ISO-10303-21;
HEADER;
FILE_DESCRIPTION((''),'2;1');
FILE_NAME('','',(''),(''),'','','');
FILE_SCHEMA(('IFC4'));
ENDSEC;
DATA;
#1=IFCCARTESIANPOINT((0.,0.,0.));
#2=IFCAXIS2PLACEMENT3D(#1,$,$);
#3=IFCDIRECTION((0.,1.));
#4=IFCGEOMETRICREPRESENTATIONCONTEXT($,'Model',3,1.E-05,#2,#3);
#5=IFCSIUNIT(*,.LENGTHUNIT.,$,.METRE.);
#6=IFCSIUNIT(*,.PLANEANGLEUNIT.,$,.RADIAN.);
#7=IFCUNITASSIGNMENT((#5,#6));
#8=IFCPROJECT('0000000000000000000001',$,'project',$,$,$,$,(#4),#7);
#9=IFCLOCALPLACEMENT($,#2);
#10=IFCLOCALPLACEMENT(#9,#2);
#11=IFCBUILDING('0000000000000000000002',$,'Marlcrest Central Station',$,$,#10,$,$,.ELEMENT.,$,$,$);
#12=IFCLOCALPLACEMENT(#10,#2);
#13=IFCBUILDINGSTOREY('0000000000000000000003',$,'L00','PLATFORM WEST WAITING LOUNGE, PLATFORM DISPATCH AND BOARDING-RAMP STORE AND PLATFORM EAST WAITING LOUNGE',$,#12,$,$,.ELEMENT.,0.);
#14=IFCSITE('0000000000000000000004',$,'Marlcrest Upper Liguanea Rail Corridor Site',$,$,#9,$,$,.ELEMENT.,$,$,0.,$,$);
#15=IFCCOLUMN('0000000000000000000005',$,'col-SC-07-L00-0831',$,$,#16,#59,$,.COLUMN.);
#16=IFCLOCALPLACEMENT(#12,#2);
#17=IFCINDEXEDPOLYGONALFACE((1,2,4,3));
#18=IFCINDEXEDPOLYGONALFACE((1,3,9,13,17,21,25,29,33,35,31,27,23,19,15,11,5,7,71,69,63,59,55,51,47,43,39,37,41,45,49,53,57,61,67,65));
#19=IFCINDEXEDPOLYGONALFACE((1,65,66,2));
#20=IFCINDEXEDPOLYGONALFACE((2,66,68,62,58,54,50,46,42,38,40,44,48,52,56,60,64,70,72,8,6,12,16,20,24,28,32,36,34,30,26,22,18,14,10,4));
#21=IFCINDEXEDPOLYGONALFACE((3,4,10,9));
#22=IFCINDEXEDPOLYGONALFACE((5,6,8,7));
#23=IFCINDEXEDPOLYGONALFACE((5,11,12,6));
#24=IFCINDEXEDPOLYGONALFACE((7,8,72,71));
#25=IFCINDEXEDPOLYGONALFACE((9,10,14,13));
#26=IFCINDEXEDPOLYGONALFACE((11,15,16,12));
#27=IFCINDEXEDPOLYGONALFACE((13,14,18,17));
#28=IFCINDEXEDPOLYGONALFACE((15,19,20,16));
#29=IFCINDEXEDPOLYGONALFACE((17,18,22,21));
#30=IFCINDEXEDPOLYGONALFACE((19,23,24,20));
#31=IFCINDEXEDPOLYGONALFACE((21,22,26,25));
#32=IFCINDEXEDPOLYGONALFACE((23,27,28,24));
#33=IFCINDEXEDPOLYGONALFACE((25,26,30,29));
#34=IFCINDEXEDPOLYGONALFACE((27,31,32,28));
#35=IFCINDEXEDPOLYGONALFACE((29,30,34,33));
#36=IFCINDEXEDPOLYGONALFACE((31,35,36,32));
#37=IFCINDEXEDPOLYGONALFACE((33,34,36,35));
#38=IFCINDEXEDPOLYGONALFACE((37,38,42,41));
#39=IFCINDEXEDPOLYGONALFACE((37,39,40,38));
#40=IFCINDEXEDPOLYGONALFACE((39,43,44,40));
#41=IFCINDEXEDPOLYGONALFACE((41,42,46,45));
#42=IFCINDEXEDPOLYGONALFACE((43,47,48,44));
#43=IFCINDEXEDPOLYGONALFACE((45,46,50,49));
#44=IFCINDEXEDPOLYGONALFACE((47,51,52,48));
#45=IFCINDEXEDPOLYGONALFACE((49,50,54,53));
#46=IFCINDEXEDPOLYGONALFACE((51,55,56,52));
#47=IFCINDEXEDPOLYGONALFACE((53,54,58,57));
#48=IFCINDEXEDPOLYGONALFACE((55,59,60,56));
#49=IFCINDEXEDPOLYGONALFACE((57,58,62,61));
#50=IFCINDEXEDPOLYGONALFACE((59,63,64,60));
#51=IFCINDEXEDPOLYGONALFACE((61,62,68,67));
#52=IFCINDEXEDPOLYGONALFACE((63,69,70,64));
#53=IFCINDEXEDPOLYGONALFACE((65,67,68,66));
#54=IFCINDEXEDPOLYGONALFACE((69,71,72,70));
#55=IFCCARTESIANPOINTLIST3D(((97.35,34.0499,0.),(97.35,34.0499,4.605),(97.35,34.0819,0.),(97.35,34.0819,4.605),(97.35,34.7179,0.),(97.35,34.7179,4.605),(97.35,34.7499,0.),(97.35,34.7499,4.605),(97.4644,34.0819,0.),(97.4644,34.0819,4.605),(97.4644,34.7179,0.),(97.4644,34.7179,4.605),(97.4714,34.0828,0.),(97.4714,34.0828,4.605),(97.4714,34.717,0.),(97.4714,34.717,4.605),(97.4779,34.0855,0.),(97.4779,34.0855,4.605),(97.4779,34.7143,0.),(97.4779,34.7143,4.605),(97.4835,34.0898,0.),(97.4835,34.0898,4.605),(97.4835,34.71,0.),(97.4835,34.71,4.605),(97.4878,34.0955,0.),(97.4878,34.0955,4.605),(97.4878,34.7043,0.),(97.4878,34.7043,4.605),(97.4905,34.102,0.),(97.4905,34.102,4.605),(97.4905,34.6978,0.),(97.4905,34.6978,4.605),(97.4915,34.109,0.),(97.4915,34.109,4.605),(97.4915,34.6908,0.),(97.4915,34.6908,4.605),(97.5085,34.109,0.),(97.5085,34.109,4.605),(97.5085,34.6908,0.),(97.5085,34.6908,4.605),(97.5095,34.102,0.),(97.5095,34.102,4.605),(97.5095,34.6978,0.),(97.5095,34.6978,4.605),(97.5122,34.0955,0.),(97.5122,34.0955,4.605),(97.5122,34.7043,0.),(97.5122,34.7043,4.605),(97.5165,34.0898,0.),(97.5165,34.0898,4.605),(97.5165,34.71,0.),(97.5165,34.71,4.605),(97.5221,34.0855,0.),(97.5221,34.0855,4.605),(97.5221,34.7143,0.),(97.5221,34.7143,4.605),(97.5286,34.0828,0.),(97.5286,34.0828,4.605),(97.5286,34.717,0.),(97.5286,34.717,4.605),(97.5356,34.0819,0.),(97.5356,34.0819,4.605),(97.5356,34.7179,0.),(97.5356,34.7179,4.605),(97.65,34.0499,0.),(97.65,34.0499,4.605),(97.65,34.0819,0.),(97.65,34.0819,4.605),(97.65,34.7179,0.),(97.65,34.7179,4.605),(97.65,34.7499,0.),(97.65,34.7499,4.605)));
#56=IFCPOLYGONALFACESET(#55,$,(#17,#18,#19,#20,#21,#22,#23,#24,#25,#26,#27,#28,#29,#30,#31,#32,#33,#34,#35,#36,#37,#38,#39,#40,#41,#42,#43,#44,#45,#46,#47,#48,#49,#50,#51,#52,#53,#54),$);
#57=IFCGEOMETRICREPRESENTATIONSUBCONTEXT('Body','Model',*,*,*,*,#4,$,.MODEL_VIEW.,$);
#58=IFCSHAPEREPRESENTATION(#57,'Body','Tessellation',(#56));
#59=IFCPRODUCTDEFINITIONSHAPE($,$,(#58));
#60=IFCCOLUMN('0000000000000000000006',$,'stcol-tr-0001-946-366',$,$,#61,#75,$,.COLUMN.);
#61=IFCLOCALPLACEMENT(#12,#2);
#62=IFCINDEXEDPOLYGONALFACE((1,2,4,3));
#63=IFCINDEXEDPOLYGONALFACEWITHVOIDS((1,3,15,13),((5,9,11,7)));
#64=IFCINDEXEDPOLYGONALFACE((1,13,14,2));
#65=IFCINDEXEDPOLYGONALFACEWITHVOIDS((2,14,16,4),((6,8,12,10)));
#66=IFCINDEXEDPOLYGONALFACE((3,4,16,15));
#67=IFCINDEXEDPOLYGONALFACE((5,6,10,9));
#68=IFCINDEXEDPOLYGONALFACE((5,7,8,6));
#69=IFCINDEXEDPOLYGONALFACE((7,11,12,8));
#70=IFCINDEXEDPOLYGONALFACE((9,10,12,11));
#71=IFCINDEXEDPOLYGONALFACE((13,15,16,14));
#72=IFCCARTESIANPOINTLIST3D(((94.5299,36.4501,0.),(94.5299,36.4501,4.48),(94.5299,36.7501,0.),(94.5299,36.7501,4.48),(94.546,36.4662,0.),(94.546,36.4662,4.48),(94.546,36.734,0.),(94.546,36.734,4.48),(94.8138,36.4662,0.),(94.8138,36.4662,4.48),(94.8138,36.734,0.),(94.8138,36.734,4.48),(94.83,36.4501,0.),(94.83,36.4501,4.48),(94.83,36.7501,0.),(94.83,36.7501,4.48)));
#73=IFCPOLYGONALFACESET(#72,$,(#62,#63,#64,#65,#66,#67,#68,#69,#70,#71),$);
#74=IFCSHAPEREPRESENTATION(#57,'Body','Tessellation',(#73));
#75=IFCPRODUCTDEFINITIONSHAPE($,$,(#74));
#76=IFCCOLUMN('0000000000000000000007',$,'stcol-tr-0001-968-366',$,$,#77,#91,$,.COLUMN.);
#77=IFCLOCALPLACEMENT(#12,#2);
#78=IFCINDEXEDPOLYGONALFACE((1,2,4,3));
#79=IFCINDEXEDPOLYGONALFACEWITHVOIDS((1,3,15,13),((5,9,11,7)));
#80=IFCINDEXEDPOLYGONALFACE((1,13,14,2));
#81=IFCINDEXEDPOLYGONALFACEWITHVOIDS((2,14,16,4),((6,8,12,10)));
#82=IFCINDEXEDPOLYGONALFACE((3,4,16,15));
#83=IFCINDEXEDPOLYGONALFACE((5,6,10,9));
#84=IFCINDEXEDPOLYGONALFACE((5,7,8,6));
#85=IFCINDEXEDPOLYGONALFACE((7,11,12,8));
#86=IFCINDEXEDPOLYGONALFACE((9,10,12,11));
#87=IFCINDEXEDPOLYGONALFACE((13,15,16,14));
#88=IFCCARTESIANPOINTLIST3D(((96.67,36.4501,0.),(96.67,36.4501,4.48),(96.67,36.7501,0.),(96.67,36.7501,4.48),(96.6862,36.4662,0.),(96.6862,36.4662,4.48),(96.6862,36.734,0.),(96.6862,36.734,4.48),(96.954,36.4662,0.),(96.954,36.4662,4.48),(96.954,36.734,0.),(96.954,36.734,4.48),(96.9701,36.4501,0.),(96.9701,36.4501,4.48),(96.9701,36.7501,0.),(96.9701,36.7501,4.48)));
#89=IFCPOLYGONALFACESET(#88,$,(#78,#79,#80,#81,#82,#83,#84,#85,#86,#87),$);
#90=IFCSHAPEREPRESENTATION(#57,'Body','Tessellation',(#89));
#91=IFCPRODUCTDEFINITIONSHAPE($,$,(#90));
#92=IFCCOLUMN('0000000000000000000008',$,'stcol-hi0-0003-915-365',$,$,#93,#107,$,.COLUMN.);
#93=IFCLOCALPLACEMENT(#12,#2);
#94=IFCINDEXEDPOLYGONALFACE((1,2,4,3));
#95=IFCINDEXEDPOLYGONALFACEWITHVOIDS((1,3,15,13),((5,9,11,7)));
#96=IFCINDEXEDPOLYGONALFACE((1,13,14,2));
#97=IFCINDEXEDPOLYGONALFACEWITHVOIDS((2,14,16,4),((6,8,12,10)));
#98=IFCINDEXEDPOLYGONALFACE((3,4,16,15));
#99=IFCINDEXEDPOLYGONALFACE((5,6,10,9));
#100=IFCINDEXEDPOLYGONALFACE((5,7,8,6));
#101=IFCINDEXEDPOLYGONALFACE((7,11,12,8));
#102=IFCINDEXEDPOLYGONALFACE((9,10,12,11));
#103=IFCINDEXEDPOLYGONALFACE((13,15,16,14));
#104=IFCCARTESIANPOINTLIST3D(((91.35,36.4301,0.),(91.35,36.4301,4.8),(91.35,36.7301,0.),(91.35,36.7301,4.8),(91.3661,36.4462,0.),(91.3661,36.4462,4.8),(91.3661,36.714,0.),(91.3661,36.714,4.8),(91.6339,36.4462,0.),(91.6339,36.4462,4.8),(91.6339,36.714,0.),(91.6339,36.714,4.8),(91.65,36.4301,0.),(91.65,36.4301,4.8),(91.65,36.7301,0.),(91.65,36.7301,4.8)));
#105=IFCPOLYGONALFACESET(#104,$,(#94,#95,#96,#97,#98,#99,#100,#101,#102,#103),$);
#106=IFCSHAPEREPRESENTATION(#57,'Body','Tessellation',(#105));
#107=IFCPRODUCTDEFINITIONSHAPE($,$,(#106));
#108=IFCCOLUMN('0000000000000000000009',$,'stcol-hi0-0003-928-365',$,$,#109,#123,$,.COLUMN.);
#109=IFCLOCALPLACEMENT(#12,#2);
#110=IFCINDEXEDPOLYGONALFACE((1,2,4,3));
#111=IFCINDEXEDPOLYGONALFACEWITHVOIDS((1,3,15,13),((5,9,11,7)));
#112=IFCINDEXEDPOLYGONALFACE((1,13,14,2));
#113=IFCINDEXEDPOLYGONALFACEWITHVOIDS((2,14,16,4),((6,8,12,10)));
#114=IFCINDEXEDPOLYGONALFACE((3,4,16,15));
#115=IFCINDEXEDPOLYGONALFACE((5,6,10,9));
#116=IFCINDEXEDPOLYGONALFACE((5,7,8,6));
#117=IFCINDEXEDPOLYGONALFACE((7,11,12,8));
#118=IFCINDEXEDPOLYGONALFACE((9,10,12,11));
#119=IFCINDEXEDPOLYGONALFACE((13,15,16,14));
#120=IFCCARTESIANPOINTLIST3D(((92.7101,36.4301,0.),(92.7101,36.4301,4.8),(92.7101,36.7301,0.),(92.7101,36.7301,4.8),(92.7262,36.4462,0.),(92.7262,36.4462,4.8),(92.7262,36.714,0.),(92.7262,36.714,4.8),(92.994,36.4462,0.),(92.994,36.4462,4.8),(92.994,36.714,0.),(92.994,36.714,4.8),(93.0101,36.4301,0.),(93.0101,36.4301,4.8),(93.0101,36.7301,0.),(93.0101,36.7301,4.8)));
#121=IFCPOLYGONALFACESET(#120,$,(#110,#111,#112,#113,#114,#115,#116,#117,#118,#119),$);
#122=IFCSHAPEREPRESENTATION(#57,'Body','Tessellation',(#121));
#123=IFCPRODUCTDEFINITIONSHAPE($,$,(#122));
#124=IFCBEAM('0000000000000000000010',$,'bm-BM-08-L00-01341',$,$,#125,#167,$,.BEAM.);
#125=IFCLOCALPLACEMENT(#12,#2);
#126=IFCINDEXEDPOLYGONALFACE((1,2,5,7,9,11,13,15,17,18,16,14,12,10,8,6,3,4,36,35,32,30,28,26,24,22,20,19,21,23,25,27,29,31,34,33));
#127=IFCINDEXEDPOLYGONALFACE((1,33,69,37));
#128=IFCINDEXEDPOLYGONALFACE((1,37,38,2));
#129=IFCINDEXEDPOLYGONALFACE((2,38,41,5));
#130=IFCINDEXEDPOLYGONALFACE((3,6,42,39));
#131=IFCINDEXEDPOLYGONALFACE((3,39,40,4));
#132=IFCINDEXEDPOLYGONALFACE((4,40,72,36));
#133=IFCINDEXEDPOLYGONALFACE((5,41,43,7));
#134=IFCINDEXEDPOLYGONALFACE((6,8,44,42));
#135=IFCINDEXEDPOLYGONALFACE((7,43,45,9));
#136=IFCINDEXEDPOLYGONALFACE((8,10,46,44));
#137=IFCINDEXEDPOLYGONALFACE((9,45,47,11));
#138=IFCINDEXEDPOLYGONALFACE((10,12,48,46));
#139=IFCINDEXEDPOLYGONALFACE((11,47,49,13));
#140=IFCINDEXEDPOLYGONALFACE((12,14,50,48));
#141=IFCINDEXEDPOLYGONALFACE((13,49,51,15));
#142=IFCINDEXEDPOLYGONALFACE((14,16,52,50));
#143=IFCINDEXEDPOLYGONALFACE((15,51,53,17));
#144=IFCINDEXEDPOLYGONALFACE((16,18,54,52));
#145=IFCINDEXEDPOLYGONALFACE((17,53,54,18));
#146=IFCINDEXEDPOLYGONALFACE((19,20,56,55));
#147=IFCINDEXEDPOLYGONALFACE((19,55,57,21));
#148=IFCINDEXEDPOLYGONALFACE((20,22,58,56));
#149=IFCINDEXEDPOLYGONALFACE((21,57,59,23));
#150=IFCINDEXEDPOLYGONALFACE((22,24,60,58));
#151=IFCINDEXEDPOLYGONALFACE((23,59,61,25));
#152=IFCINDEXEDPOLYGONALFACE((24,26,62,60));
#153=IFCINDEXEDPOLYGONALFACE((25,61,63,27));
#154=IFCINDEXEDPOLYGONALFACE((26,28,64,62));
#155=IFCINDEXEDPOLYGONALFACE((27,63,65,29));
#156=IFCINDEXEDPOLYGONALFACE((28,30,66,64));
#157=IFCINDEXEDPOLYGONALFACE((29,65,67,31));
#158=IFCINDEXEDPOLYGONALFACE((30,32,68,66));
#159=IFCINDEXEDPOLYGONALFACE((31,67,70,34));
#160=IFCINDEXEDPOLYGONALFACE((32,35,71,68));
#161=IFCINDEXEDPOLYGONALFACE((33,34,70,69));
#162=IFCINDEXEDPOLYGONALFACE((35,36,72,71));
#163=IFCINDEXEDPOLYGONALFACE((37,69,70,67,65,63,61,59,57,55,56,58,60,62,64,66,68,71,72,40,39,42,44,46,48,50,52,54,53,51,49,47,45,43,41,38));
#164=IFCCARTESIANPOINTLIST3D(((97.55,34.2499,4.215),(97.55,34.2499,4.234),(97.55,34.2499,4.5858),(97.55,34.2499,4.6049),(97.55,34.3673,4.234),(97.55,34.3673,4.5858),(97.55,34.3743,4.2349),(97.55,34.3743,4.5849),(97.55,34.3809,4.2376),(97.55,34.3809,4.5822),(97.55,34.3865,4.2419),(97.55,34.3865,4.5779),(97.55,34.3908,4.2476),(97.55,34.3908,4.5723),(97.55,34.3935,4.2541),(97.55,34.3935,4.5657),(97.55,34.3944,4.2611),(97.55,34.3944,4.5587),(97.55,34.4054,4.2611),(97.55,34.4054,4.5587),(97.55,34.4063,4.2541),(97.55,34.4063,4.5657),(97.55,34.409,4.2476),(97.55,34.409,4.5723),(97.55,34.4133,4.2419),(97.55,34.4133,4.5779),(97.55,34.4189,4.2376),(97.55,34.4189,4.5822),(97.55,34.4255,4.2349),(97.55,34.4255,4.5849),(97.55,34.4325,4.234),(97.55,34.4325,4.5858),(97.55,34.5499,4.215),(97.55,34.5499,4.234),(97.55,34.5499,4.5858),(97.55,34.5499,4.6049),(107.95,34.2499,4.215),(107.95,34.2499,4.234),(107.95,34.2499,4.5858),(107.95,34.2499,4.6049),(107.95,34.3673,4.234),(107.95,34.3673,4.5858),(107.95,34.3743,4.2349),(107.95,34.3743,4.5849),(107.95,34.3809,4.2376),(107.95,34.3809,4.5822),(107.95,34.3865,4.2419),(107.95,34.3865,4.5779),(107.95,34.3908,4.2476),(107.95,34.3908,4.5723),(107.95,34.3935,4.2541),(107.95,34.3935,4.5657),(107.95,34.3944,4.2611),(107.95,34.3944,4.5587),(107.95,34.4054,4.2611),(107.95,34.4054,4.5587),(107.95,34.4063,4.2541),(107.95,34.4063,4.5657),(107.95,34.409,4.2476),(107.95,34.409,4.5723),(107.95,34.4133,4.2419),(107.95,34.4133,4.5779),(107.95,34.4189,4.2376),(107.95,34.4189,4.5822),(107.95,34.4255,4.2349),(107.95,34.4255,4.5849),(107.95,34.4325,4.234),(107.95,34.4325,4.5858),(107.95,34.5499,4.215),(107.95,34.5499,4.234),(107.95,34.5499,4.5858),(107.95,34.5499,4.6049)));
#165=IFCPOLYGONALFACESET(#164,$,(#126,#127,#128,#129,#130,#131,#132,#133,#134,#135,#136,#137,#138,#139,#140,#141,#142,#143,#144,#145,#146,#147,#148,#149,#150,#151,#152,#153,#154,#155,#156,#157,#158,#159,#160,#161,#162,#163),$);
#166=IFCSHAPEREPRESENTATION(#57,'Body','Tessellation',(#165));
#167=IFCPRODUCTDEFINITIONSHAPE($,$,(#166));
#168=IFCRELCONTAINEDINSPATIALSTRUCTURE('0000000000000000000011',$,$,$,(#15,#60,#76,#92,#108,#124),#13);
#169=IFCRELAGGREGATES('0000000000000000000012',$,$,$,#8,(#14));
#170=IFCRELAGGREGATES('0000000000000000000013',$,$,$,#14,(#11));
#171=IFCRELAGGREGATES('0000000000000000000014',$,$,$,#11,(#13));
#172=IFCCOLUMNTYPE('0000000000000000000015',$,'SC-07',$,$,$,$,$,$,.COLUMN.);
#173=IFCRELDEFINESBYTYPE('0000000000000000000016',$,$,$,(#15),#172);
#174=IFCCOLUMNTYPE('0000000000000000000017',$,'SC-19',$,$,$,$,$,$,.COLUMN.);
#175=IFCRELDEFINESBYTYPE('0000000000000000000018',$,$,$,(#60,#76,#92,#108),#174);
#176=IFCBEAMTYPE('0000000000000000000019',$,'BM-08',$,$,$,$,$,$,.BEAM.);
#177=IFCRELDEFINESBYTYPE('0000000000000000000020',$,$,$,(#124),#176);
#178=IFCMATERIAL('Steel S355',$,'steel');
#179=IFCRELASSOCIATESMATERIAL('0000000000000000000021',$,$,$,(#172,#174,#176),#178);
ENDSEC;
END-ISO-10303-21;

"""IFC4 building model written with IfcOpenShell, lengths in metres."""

from ifc_helpers import new_model, si_unit, direction, frame, origin, origin_2d, place, context, subcontext, project, spatial, hollow_rectangle, i_section, extrude, material, material_profile, profile_set, type_object, element, save


model = new_model("IFC4")

# Units and contexts
model_context = context("Model", 3, precision=1e-05, world=origin(), true_north=direction((0.0, 1.0)))
body_context = subcontext(model_context, "Body", "Model", "MODEL_VIEW")
ifc_project = project(units=[si_unit("LENGTHUNIT", "METRE"), si_unit("PLANEANGLEUNIT", "RADIAN")], contexts=[model_context])

# Site, building, storey
site_placement = place(None, origin())
site = spatial("IfcSite", under=ifc_project, at=site_placement, Name="Marlcrest Upper Liguanea Rail Corridor Site", CompositionType="ELEMENT", RefElevation=0.0)
building_placement = place(site_placement, origin())
building = spatial("IfcBuilding", under=site, at=building_placement, Name="Marlcrest Central Station", CompositionType="ELEMENT")
storey_placement = place(building_placement, origin())
storey = spatial("IfcBuildingStorey", under=building, at=storey_placement, Name="L00", Description="PLATFORM WEST WAITING LOUNGE, PLATFORM DISPATCH AND BOARDING-RAMP STORE AND PLATFORM EAST WAITING LOUNGE", CompositionType="ELEMENT", Elevation=0.0)

# Columns
ifc_material_1 = material(Name="Steel S355", Category="steel")
ifc_material_profile_1 = material_profile(ifc_material_1, i_section(OverallWidth=0.3, OverallDepth=0.7, WebThickness=0.0171, FlangeThickness=0.032, FilletRadius=0.0271, at=origin_2d()), Name="HEB 700")
ifc_profile_set_1 = profile_set([ifc_material_profile_1], Name="Steel S355")
column_type_1 = type_object("IfcColumnType", Name="SC-07", PredefinedType="COLUMN", material=ifc_profile_set_1)
column_1_placement = place(storey_placement, frame((97.5, 34.3999, 0.0), z_axis=(0.0, 0.0, 1.0), x_axis=(1.0, 0.0, 0.0)))
element("IfcColumn", 1, at=column_1_placement, inside=storey, type_object=column_type_1, Name="col-SC-07-L00-0831", PredefinedType="COLUMN", context=body_context, shape_type="SweptSolid", body=[
    extrude(i_section(OverallWidth=0.3, OverallDepth=0.7, WebThickness=0.0171, FlangeThickness=0.032, FilletRadius=0.0271, at=origin_2d()), origin(), (0.0, 0.0, 1.0), 4.605),
])
ifc_material_profile_2 = material_profile(ifc_material_1, hollow_rectangle(XDim=0.3, YDim=0.3, WallThickness=0.0161, at=origin_2d()), Name="SHS 300x300x16")
ifc_profile_set_2 = profile_set([ifc_material_profile_2], Name="Steel S355")
column_type_2 = type_object("IfcColumnType", Name="SC-19", PredefinedType="COLUMN", material=ifc_profile_set_2)
for number, where, z_axis, x_axis, name in (
    (2, (94.6799, 36.6001, 0.0), (0.0, 0.0, 1.0), (1.0, 0.0, 0.0), "stcol-tr-0001-946-366"),
    (3, (96.8201, 36.6001, 0.0), (0.0, 0.0, 1.0), (1.0, 0.0, 0.0), "stcol-tr-0001-968-366"),
):
    element("IfcColumn", number, at=place(storey_placement, frame(where, z_axis=z_axis, x_axis=x_axis)), inside=storey, type_object=column_type_2, Name=name, PredefinedType="COLUMN", context=body_context, shape_type="SweptSolid", body=[
        extrude(hollow_rectangle(XDim=0.3, YDim=0.3, WallThickness=0.0161, at=origin_2d()), origin(), (0.0, 0.0, 1.0), 4.48),
    ])
for number, where, z_axis, x_axis, name in (
    (4, (91.5, 36.5801, 0.0), (0.0, 0.0, 1.0), (1.0, 0.0, 0.0), "stcol-hi0-0003-915-365"),
    (5, (92.8601, 36.5801, 0.0), (0.0, 0.0, 1.0), (1.0, 0.0, 0.0), "stcol-hi0-0003-928-365"),
):
    element("IfcColumn", number, at=place(storey_placement, frame(where, z_axis=z_axis, x_axis=x_axis)), inside=storey, type_object=column_type_2, Name=name, PredefinedType="COLUMN", context=body_context, shape_type="SweptSolid", body=[
        extrude(hollow_rectangle(XDim=0.3, YDim=0.3, WallThickness=0.0161, at=origin_2d()), origin(), (0.0, 0.0, 1.0), 4.8),
    ])

# Beam
ifc_material_profile_3 = material_profile(ifc_material_1, i_section(OverallWidth=0.3, OverallDepth=0.3899, WebThickness=0.011, FlangeThickness=0.019, FilletRadius=0.0271, at=origin_2d()), Name="HEA 400")
ifc_profile_set_3 = profile_set([ifc_material_profile_3], Name="Steel S355")
beam_type = type_object("IfcBeamType", Name="BM-08", PredefinedType="BEAM", material=ifc_profile_set_3)
beam_placement = place(storey_placement, frame((97.55, 34.3999, 4.4099), z_axis=(1.0, 0.0, 0.0), x_axis=(0.0, 1.0, 0.0)))
element("IfcBeam", 6, at=beam_placement, inside=storey, type_object=beam_type, Name="bm-BM-08-L00-01341", PredefinedType="BEAM", context=body_context, shape_type="SweptSolid", body=[
    extrude(i_section(OverallWidth=0.3, OverallDepth=0.3899, WebThickness=0.011, FlangeThickness=0.019, FilletRadius=0.0271, at=origin_2d()), origin(), (0.0, 0.0, 1.0), 10.3999),
])

save(model, "model.ifc")
